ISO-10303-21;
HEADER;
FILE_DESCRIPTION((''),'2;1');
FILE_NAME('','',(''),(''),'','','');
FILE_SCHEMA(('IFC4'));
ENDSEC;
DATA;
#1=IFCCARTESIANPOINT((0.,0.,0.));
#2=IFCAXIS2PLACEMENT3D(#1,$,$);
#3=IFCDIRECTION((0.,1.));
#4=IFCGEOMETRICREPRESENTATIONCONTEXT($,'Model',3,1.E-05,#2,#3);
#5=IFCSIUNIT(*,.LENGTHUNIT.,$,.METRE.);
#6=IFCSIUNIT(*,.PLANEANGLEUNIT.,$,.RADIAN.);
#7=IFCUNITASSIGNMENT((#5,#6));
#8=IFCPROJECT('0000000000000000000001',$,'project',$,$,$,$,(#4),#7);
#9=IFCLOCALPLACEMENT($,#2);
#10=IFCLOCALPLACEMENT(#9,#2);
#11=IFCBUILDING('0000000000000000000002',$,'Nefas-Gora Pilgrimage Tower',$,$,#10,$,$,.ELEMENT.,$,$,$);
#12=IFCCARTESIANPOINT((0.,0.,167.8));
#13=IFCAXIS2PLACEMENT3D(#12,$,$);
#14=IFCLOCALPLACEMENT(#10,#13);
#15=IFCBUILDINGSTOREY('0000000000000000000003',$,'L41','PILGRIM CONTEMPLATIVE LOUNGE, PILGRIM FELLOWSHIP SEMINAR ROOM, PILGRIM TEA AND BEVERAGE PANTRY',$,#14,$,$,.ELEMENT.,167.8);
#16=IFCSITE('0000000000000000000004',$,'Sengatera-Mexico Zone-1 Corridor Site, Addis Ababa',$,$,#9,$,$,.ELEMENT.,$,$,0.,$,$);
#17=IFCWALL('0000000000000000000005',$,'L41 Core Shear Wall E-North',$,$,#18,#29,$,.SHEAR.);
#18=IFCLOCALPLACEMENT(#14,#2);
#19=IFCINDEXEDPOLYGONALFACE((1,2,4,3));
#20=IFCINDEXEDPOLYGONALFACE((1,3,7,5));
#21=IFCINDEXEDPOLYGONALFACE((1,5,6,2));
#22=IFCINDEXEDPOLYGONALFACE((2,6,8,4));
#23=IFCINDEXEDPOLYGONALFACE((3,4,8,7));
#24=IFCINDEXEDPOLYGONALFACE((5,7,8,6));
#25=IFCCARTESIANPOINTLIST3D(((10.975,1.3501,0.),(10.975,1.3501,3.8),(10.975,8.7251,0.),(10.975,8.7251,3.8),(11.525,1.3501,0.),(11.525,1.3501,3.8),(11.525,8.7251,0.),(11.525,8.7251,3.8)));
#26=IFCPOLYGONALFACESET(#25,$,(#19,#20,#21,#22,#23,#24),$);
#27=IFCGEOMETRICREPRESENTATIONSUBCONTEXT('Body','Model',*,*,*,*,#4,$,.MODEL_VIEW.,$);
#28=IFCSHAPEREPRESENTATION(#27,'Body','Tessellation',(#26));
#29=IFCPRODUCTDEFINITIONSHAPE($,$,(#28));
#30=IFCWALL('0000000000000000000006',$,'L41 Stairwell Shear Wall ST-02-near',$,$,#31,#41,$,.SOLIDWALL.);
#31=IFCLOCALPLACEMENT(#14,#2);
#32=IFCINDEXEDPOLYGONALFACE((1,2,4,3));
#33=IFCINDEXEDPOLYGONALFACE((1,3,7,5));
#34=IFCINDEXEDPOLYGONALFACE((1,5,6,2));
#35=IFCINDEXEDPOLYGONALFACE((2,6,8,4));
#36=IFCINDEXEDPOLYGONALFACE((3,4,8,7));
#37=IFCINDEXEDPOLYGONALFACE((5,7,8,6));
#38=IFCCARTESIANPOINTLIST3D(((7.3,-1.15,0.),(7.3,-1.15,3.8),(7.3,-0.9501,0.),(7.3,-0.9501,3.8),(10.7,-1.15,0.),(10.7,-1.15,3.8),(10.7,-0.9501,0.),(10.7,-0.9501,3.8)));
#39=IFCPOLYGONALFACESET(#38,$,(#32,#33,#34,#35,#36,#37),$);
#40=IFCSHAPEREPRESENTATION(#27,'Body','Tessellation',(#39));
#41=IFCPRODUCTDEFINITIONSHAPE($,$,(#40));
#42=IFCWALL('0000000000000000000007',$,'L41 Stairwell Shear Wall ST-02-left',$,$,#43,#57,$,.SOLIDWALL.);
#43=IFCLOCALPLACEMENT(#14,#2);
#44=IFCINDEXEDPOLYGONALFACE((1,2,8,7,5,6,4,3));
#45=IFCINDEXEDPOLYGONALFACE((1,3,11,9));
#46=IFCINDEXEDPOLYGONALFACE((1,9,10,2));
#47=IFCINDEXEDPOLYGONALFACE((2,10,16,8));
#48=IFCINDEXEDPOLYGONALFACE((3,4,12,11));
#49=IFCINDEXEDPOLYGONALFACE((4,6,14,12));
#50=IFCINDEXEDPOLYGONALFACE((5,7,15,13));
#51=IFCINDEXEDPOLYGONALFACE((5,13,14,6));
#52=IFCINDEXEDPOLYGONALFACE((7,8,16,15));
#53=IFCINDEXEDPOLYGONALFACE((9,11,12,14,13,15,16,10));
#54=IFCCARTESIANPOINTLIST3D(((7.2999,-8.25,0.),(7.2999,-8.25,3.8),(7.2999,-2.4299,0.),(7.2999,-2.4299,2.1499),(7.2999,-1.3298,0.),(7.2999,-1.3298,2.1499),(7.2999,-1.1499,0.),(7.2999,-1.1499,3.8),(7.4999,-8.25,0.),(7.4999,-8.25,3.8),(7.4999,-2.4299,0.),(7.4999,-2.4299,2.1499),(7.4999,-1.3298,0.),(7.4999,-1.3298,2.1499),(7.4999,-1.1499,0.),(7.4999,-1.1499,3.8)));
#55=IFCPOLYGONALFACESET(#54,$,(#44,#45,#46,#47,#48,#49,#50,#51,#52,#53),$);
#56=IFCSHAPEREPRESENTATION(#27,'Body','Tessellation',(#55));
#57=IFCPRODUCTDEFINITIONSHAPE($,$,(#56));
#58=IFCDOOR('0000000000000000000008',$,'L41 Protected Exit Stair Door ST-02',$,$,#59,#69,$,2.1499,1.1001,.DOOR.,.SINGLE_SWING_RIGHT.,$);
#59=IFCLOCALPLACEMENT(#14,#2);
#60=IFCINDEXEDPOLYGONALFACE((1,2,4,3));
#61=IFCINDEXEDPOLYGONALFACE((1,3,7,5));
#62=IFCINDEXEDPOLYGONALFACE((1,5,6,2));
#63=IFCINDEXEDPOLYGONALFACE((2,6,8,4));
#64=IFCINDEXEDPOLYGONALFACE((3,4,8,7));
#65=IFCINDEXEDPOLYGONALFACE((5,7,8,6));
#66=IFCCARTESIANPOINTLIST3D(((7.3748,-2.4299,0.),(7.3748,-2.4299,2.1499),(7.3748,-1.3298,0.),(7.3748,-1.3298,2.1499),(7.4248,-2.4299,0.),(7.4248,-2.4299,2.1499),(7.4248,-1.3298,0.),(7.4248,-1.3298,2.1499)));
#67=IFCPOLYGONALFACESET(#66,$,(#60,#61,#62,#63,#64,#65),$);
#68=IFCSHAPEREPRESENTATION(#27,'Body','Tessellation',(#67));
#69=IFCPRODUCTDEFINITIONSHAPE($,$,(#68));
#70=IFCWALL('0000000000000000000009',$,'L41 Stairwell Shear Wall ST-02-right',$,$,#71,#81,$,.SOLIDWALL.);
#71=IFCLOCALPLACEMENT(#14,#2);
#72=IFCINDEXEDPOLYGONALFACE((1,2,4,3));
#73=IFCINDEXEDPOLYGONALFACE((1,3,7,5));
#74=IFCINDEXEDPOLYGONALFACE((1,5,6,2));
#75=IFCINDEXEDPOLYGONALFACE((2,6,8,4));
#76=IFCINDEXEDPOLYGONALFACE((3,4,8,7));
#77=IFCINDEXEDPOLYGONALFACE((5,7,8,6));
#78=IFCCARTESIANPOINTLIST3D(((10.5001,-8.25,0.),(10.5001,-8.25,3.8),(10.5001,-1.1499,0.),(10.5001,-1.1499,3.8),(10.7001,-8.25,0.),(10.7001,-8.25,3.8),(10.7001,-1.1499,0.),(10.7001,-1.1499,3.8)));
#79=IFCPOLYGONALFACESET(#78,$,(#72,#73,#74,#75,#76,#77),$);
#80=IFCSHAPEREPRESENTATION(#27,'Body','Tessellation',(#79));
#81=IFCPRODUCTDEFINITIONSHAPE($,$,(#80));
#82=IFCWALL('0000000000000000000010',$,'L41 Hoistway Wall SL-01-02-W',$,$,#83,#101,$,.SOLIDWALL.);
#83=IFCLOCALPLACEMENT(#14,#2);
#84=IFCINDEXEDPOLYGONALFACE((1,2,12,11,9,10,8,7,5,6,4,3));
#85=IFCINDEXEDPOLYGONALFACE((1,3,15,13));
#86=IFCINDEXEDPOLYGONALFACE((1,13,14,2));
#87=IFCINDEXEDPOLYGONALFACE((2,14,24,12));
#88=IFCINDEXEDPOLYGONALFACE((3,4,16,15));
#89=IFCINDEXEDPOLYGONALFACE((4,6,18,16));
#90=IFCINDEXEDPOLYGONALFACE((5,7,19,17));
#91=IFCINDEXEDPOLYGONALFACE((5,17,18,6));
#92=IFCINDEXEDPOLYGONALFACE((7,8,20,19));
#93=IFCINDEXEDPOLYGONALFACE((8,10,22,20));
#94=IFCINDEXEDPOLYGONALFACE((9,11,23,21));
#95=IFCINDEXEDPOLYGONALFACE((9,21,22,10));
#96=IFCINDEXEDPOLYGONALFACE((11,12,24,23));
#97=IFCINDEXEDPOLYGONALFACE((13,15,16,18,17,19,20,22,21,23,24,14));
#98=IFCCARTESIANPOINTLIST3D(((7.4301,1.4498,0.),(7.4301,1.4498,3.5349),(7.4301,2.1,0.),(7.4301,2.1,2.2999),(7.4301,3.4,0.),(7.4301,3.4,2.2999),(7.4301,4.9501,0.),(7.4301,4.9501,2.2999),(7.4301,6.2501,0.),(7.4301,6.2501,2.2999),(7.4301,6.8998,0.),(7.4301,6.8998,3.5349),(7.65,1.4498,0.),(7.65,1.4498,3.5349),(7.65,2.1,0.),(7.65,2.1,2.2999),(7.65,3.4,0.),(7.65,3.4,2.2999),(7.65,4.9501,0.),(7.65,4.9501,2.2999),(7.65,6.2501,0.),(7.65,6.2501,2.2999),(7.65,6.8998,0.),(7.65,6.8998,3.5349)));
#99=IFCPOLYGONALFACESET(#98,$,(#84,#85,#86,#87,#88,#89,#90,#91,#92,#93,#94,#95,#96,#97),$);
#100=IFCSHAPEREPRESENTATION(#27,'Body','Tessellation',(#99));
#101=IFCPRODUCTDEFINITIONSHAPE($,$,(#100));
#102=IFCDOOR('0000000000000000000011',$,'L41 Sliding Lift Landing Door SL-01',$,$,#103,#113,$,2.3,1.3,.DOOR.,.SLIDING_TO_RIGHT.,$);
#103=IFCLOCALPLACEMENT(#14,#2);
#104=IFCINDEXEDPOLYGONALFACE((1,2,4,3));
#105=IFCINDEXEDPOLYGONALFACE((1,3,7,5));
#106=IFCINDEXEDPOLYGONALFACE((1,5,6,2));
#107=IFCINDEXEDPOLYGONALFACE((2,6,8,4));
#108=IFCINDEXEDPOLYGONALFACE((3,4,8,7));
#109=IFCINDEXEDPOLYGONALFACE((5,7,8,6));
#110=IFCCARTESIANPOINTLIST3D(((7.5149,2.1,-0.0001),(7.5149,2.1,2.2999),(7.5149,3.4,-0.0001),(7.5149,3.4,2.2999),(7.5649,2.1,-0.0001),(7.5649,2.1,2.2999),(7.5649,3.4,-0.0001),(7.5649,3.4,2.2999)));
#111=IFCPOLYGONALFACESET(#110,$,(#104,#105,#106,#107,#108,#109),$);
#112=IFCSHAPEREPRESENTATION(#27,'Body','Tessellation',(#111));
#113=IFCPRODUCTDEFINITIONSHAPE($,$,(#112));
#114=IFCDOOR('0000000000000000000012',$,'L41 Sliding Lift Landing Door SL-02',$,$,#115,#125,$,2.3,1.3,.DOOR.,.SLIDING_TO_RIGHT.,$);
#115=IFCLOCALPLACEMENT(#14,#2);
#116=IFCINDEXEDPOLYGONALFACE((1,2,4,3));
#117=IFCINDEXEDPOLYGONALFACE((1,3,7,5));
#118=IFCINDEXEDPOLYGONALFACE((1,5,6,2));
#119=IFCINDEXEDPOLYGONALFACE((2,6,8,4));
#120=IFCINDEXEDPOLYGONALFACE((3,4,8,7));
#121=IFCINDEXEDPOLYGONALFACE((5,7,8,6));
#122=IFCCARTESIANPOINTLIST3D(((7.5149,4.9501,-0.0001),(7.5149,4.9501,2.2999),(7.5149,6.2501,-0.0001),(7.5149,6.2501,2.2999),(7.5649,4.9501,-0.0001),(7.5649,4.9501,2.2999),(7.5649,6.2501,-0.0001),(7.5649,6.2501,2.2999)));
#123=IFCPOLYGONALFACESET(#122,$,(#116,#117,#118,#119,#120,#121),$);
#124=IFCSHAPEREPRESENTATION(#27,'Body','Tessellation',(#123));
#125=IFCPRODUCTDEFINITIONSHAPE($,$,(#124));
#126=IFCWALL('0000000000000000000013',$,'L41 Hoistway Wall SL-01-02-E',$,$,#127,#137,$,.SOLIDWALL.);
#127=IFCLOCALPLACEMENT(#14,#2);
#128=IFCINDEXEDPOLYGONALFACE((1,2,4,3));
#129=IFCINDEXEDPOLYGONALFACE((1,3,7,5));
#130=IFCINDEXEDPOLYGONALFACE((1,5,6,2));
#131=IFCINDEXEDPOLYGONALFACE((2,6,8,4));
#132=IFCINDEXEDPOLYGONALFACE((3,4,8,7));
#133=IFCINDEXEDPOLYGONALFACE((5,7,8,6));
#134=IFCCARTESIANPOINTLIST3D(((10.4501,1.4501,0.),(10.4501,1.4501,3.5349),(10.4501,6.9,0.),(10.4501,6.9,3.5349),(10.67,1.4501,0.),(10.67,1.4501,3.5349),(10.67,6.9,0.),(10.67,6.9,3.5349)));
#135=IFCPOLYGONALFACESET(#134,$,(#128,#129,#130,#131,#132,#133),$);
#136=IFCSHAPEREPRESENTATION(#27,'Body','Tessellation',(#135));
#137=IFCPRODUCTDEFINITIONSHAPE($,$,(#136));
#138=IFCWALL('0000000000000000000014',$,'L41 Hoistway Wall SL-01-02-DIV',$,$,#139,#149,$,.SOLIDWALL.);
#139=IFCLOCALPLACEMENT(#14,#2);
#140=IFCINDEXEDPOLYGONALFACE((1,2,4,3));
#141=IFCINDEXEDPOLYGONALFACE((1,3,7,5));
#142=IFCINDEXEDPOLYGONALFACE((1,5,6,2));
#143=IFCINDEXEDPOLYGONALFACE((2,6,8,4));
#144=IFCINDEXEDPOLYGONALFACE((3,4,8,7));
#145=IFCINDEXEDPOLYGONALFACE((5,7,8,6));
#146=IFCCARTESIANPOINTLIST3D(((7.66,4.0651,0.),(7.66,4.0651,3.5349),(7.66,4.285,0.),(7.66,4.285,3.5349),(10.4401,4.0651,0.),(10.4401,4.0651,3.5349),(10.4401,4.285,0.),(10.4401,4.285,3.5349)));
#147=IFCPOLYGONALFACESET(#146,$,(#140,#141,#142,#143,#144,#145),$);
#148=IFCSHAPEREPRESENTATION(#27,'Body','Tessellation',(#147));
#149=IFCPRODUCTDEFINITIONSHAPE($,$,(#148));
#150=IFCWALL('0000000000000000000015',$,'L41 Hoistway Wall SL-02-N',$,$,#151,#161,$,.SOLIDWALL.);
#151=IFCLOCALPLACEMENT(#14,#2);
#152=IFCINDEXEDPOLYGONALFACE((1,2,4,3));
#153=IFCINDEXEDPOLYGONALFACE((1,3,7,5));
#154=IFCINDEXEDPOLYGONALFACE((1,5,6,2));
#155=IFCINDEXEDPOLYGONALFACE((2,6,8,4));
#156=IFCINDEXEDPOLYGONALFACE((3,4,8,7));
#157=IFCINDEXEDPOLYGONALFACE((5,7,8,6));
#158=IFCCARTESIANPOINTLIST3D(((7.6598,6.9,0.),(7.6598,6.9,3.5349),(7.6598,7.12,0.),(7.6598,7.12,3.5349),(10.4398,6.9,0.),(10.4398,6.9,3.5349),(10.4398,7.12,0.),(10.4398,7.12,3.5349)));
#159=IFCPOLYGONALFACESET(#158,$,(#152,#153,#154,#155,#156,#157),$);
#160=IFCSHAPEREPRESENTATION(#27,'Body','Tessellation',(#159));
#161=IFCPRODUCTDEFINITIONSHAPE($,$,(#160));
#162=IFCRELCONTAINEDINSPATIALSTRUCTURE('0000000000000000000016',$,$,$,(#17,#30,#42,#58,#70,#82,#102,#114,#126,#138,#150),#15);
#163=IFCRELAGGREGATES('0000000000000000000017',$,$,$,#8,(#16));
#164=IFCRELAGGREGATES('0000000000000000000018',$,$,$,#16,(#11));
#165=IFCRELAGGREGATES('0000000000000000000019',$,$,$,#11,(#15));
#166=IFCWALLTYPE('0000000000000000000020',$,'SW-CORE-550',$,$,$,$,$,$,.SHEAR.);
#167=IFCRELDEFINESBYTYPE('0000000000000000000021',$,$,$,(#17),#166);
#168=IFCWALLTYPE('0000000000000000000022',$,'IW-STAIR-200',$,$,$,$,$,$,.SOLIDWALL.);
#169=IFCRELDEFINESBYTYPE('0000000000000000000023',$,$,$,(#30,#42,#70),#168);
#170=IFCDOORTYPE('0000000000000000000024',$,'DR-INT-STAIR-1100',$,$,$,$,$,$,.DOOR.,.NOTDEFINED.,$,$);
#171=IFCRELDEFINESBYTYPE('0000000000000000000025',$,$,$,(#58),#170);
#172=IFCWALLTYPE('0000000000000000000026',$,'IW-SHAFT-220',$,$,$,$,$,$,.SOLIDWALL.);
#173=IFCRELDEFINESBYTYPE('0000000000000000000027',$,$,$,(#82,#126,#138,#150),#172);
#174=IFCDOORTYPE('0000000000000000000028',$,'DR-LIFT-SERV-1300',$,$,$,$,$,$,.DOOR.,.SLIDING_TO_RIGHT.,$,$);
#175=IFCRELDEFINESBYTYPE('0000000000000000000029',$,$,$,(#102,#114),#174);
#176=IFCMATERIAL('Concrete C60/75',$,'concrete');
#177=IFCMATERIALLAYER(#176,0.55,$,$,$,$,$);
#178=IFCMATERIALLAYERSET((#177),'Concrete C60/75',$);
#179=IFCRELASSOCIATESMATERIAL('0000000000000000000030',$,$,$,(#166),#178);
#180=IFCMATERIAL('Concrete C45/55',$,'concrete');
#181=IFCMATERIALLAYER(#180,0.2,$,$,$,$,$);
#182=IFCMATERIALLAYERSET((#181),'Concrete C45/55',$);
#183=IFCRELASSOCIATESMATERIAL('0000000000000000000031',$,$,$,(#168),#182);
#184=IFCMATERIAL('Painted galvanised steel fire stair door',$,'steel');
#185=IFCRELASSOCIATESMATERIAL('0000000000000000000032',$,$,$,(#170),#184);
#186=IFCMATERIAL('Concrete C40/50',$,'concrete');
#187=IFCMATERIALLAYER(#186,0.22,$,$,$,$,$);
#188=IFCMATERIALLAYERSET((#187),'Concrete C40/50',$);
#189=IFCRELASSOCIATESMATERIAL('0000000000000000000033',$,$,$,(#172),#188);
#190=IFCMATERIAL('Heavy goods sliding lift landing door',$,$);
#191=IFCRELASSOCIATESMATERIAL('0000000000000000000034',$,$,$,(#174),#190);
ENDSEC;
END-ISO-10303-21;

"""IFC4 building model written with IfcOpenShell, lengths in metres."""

from ifc_helpers import new_model, si_unit, direction, frame, frame_2d, origin, place, context, subcontext, project, spatial, rectangle, extrude, source, transform, mapped, material, layer, layer_set, type_object, element, fill, save


model = new_model("IFC4")

# Units and contexts
model_context = context("Model", 3, precision=1e-05, world=origin(), true_north=direction((0.0, 1.0)))
body_context = subcontext(model_context, "Body", "Model", "MODEL_VIEW")
ifc_project = project(units=[si_unit("LENGTHUNIT", "METRE"), si_unit("PLANEANGLEUNIT", "RADIAN")], contexts=[model_context])

# Site, building, storey
site_placement = place(None, origin())
site = spatial("IfcSite", under=ifc_project, at=site_placement, Name="Sengatera-Mexico Zone-1 Corridor Site, Addis Ababa", CompositionType="ELEMENT", RefElevation=0.0)
building_placement = place(site_placement, origin())
building = spatial("IfcBuilding", under=site, at=building_placement, Name="Nefas-Gora Pilgrimage Tower", CompositionType="ELEMENT")
storey_placement = place(building_placement, frame((0.0, 0.0, 167.8)))
storey = spatial("IfcBuildingStorey", under=building, at=storey_placement, Name="L41", Description="PILGRIM CONTEMPLATIVE LOUNGE, PILGRIM FELLOWSHIP SEMINAR ROOM, PILGRIM TEA AND BEVERAGE PANTRY", CompositionType="ELEMENT", Elevation=167.8)

# Walls
ifc_material_1 = material(Name="Concrete C60/75", Category="concrete")
ifc_layer_1 = layer(ifc_material_1, 0.55)
ifc_layer_set_1 = layer_set([ifc_layer_1], Name="Concrete C60/75")
wall_type_1 = type_object("IfcWallType", Name="SW-CORE-550", PredefinedType="SHEAR", material=ifc_layer_set_1)
shared_shape_1 = source(origin(), body_context, "Body", "SweptSolid", [
    extrude(rectangle(XDim=7.375, YDim=0.55, at=frame_2d((3.6875, 0.0))), origin(), (0.0, 0.0, 1.0), 3.8),
])
wall_1_placement = place(storey_placement, frame((11.25, 1.3501, 0.0), z_axis=(0.0, 0.0, 1.0), x_axis=(0.0, 1.0, 0.0)))
element("IfcWall", 1, at=wall_1_placement, inside=storey, type_object=wall_type_1, Name="L41 Core Shear Wall E-North", PredefinedType="SHEAR", context=body_context, shape_type="MappedRepresentation", body=[
    mapped(shared_shape_1, transform((0.0, 0.0, 0.0), x_axis=(1.0, 0.0, 0.0), y_axis=(0.0, 1.0, 0.0), z_axis=(0.0, 0.0, 1.0), scale=1.0)),
])
ifc_material_2 = material(Name="Concrete C45/55", Category="concrete")
ifc_layer_2 = layer(ifc_material_2, 0.2)
ifc_layer_set_2 = layer_set([ifc_layer_2], Name="Concrete C45/55")
wall_type_2 = type_object("IfcWallType", Name="IW-STAIR-200", PredefinedType="SOLIDWALL", material=ifc_layer_set_2)
shared_shape_2 = source(origin(), body_context, "Body", "SweptSolid", [
    extrude(rectangle(XDim=3.3999, YDim=0.2, at=frame_2d((1.7, 0.0))), origin(), (0.0, 0.0, 1.0), 3.8),
])
wall_2_placement = place(storey_placement, frame((7.3, -1.05, 0.0), z_axis=(0.0, 0.0, 1.0), x_axis=(1.0, 0.0, 0.0)))
element("IfcWall", 2, at=wall_2_placement, inside=storey, type_object=wall_type_2, Name="L41 Stairwell Shear Wall ST-02-near", PredefinedType="SOLIDWALL", context=body_context, shape_type="MappedRepresentation", body=[
    mapped(shared_shape_2, transform((0.0, 0.0, 0.0), x_axis=(1.0, 0.0, 0.0), y_axis=(0.0, 1.0, 0.0), z_axis=(0.0, 0.0, 1.0), scale=1.0)),
])

# Wall, opening, door
shared_shape_3 = source(origin(), body_context, "Body", "SweptSolid", [
    extrude(rectangle(XDim=7.1001, YDim=0.2, at=frame_2d((3.55, 0.0))), origin(), (0.0, 0.0, 1.0), 3.8),
])
wall_3_placement = place(storey_placement, frame((7.3999, -1.1499, 0.0), z_axis=(0.0, 0.0, 1.0), x_axis=(0.0, -1.0, 0.0)))
wall_3 = element("IfcWall", 3, at=wall_3_placement, inside=storey, type_object=wall_type_2, Name="L41 Stairwell Shear Wall ST-02-left", PredefinedType="SOLIDWALL", context=body_context, shape_type="MappedRepresentation", body=[
    mapped(shared_shape_3, transform((0.0, 0.0, 0.0), x_axis=(1.0, 0.0, 0.0), y_axis=(0.0, 1.0, 0.0), z_axis=(0.0, 0.0, 1.0), scale=1.0)),
])
opening_1_placement = place(wall_3_placement, frame((0.1799, 0.0, 0.0)))
opening_1 = element("IfcOpeningElement", 4, at=opening_1_placement, cuts=wall_3, PredefinedType="OPENING", context=body_context, shape_type="SweptSolid", body=[
    extrude(rectangle(XDim=1.1001, YDim=2.1499, at=frame_2d((0.55, 1.075))), frame((0.0, 0.1099, 0.0), z_axis=(0.0, -1.0, 0.0), x_axis=(1.0, 0.0, 0.0)), (0.0, 0.0, 1.0), 0.22),
])
ifc_material_3 = material(Name="Painted galvanised steel fire stair door", Category="steel")
door_type_1 = type_object("IfcDoorType", Name="DR-INT-STAIR-1100", OperationType="NOTDEFINED", PredefinedType="DOOR", material=ifc_material_3)
shared_shape_4 = source(origin(), body_context, "Body", "SweptSolid", [
    extrude(rectangle(XDim=1.1001, YDim=2.1499, at=frame_2d((0.55, 1.075))), frame((0.0, 0.0249, 0.0), z_axis=(0.0, -1.0, 0.0), x_axis=(1.0, 0.0, 0.0)), (0.0, 0.0, 1.0), 0.05),
])
door_1_placement = place(opening_1_placement, origin())
door_1 = element("IfcDoor", 5, at=door_1_placement, inside=storey, type_object=door_type_1, Name="L41 Protected Exit Stair Door ST-02", OperationType="SINGLE_SWING_RIGHT", OverallHeight=2.1499, OverallWidth=1.1001, PredefinedType="DOOR", context=body_context, shape_type="MappedRepresentation", body=[
    mapped(shared_shape_4, transform((0.0, 0.0, 0.0), x_axis=(1.0, 0.0, 0.0), y_axis=(0.0, 1.0, 0.0), z_axis=(0.0, 0.0, 1.0), scale=1.0)),
])
fill(opening_1, door_1)

# Wall
wall_4_placement = place(storey_placement, frame((10.6001, -1.1499, 0.0), z_axis=(0.0, 0.0, 1.0), x_axis=(0.0, -1.0, 0.0)))
element("IfcWall", 6, at=wall_4_placement, inside=storey, type_object=wall_type_2, Name="L41 Stairwell Shear Wall ST-02-right", PredefinedType="SOLIDWALL", context=body_context, shape_type="MappedRepresentation", body=[
    mapped(shared_shape_3, transform((0.0, 0.0, 0.0), x_axis=(1.0, 0.0, 0.0), y_axis=(0.0, 1.0, 0.0), z_axis=(0.0, 0.0, 1.0), scale=1.0)),
])

# Wall, openings, doors
ifc_material_4 = material(Name="Concrete C40/50", Category="concrete")
ifc_layer_3 = layer(ifc_material_4, 0.22)
ifc_layer_set_3 = layer_set([ifc_layer_3], Name="Concrete C40/50")
wall_type_3 = type_object("IfcWallType", Name="IW-SHAFT-220", PredefinedType="SOLIDWALL", material=ifc_layer_set_3)
shared_shape_5 = source(origin(), body_context, "Body", "SweptSolid", [
    extrude(rectangle(XDim=5.45, YDim=0.22, at=frame_2d((2.7251, 0.0))), origin(), (0.0, 0.0, 1.0), 3.5349),
])
wall_5_placement = place(storey_placement, frame((7.54, 6.8999, 0.0), z_axis=(0.0, 0.0, 1.0), x_axis=(0.0, -1.0, 0.0)))
wall_5 = element("IfcWall", 7, at=wall_5_placement, inside=storey, type_object=wall_type_3, Name="L41 Hoistway Wall SL-01-02-W", PredefinedType="SOLIDWALL", context=body_context, shape_type="MappedRepresentation", body=[
    mapped(shared_shape_5, transform((0.0, 0.0, 0.0), x_axis=(1.0, 0.0, 0.0), y_axis=(0.0, 1.0, 0.0), z_axis=(0.0, 0.0, 1.0), scale=1.0)),
])
opening_2_placement = place(wall_5_placement, frame((3.5, 0.0, 0.0)))
opening_2 = element("IfcOpeningElement", 8, at=opening_2_placement, cuts=wall_5, PredefinedType="OPENING", context=body_context, shape_type="SweptSolid", body=[
    extrude(rectangle(XDim=1.3, YDim=2.3, at=frame_2d((0.6499, 1.1499))), frame((0.0, 0.1199, 0.0), z_axis=(0.0, -1.0, 0.0), x_axis=(1.0, 0.0, 0.0)), (0.0, 0.0, 1.0), 0.24),
])
opening_3_placement = place(wall_5_placement, frame((0.6499, 0.0, 0.0)))
opening_3 = element("IfcOpeningElement", 9, at=opening_3_placement, cuts=wall_5, PredefinedType="OPENING", context=body_context, shape_type="SweptSolid", body=[
    extrude(rectangle(XDim=1.3, YDim=2.3, at=frame_2d((0.6499, 1.1499))), frame((0.0, 0.1199, 0.0), z_axis=(0.0, -1.0, 0.0), x_axis=(1.0, 0.0, 0.0)), (0.0, 0.0, 1.0), 0.24),
])
ifc_material_5 = material(Name="Heavy goods sliding lift landing door")
door_type_2 = type_object("IfcDoorType", Name="DR-LIFT-SERV-1300", OperationType="SLIDING_TO_RIGHT", PredefinedType="DOOR", material=ifc_material_5)
shared_shape_6 = source(origin(), body_context, "Body", "SweptSolid", [
    extrude(rectangle(XDim=1.3, YDim=2.3, at=frame_2d((0.6499, 1.1499))), frame((0.0, 0.0249, 0.0), z_axis=(0.0, -1.0, 0.0), x_axis=(1.0, 0.0, 0.0)), (0.0, 0.0, 1.0), 0.05),
])
door_2_placement = place(opening_2_placement, origin())
door_2 = element("IfcDoor", 10, at=door_2_placement, inside=storey, type_object=door_type_2, Name="L41 Sliding Lift Landing Door SL-01", OperationType="SLIDING_TO_RIGHT", OverallHeight=2.3, OverallWidth=1.3, PredefinedType="DOOR", context=body_context, shape_type="MappedRepresentation", body=[
    mapped(shared_shape_6, transform((0.0, 0.0, 0.0), x_axis=(1.0, 0.0, 0.0), y_axis=(0.0, 1.0, 0.0), z_axis=(0.0, 0.0, 1.0), scale=1.0)),
])
fill(opening_2, door_2)
door_3_placement = place(opening_3_placement, origin())
door_3 = element("IfcDoor", 11, at=door_3_placement, inside=storey, type_object=door_type_2, Name="L41 Sliding Lift Landing Door SL-02", OperationType="SLIDING_TO_RIGHT", OverallHeight=2.3, OverallWidth=1.3, PredefinedType="DOOR", context=body_context, shape_type="MappedRepresentation", body=[
    mapped(shared_shape_6, transform((0.0, 0.0, 0.0), x_axis=(1.0, 0.0, 0.0), y_axis=(0.0, 1.0, 0.0), z_axis=(0.0, 0.0, 1.0), scale=1.0)),
])
fill(opening_3, door_3)

# Walls
wall_6_placement = place(storey_placement, frame((10.5601, 1.45, 0.0), z_axis=(0.0, 0.0, 1.0), x_axis=(0.0, 1.0, 0.0)))
element("IfcWall", 12, at=wall_6_placement, inside=storey, type_object=wall_type_3, Name="L41 Hoistway Wall SL-01-02-E", PredefinedType="SOLIDWALL", context=body_context, shape_type="MappedRepresentation", body=[
    mapped(shared_shape_5, transform((0.0, 0.0, 0.0), x_axis=(1.0, 0.0, 0.0), y_axis=(0.0, 1.0, 0.0), z_axis=(0.0, 0.0, 1.0), scale=1.0)),
])
shared_shape_7 = source(origin(), body_context, "Body", "SweptSolid", [
    extrude(rectangle(XDim=2.78, YDim=0.22, at=frame_2d((1.3901, 0.0))), origin(), (0.0, 0.0, 1.0), 3.5349),
])
for number, where, z_axis, x_axis, name in (
    (13, (7.6599, 4.175, 0.0), (0.0, 0.0, 1.0), (1.0, 0.0, 0.0), "L41 Hoistway Wall SL-01-02-DIV"),
    (14, (10.4399, 7.01, 0.0), (0.0, 0.0, 1.0), (-1.0, 0.0, 0.0), "L41 Hoistway Wall SL-02-N"),
):
    element("IfcWall", number, at=place(storey_placement, frame(where, z_axis=z_axis, x_axis=x_axis)), inside=storey, type_object=wall_type_3, Name=name, PredefinedType="SOLIDWALL", context=body_context, shape_type="MappedRepresentation", body=[
        mapped(shared_shape_7, transform((0.0, 0.0, 0.0), x_axis=(1.0, 0.0, 0.0), y_axis=(0.0, 1.0, 0.0), z_axis=(0.0, 0.0, 1.0), scale=1.0)),
    ])

save(model, "model.ifc")
